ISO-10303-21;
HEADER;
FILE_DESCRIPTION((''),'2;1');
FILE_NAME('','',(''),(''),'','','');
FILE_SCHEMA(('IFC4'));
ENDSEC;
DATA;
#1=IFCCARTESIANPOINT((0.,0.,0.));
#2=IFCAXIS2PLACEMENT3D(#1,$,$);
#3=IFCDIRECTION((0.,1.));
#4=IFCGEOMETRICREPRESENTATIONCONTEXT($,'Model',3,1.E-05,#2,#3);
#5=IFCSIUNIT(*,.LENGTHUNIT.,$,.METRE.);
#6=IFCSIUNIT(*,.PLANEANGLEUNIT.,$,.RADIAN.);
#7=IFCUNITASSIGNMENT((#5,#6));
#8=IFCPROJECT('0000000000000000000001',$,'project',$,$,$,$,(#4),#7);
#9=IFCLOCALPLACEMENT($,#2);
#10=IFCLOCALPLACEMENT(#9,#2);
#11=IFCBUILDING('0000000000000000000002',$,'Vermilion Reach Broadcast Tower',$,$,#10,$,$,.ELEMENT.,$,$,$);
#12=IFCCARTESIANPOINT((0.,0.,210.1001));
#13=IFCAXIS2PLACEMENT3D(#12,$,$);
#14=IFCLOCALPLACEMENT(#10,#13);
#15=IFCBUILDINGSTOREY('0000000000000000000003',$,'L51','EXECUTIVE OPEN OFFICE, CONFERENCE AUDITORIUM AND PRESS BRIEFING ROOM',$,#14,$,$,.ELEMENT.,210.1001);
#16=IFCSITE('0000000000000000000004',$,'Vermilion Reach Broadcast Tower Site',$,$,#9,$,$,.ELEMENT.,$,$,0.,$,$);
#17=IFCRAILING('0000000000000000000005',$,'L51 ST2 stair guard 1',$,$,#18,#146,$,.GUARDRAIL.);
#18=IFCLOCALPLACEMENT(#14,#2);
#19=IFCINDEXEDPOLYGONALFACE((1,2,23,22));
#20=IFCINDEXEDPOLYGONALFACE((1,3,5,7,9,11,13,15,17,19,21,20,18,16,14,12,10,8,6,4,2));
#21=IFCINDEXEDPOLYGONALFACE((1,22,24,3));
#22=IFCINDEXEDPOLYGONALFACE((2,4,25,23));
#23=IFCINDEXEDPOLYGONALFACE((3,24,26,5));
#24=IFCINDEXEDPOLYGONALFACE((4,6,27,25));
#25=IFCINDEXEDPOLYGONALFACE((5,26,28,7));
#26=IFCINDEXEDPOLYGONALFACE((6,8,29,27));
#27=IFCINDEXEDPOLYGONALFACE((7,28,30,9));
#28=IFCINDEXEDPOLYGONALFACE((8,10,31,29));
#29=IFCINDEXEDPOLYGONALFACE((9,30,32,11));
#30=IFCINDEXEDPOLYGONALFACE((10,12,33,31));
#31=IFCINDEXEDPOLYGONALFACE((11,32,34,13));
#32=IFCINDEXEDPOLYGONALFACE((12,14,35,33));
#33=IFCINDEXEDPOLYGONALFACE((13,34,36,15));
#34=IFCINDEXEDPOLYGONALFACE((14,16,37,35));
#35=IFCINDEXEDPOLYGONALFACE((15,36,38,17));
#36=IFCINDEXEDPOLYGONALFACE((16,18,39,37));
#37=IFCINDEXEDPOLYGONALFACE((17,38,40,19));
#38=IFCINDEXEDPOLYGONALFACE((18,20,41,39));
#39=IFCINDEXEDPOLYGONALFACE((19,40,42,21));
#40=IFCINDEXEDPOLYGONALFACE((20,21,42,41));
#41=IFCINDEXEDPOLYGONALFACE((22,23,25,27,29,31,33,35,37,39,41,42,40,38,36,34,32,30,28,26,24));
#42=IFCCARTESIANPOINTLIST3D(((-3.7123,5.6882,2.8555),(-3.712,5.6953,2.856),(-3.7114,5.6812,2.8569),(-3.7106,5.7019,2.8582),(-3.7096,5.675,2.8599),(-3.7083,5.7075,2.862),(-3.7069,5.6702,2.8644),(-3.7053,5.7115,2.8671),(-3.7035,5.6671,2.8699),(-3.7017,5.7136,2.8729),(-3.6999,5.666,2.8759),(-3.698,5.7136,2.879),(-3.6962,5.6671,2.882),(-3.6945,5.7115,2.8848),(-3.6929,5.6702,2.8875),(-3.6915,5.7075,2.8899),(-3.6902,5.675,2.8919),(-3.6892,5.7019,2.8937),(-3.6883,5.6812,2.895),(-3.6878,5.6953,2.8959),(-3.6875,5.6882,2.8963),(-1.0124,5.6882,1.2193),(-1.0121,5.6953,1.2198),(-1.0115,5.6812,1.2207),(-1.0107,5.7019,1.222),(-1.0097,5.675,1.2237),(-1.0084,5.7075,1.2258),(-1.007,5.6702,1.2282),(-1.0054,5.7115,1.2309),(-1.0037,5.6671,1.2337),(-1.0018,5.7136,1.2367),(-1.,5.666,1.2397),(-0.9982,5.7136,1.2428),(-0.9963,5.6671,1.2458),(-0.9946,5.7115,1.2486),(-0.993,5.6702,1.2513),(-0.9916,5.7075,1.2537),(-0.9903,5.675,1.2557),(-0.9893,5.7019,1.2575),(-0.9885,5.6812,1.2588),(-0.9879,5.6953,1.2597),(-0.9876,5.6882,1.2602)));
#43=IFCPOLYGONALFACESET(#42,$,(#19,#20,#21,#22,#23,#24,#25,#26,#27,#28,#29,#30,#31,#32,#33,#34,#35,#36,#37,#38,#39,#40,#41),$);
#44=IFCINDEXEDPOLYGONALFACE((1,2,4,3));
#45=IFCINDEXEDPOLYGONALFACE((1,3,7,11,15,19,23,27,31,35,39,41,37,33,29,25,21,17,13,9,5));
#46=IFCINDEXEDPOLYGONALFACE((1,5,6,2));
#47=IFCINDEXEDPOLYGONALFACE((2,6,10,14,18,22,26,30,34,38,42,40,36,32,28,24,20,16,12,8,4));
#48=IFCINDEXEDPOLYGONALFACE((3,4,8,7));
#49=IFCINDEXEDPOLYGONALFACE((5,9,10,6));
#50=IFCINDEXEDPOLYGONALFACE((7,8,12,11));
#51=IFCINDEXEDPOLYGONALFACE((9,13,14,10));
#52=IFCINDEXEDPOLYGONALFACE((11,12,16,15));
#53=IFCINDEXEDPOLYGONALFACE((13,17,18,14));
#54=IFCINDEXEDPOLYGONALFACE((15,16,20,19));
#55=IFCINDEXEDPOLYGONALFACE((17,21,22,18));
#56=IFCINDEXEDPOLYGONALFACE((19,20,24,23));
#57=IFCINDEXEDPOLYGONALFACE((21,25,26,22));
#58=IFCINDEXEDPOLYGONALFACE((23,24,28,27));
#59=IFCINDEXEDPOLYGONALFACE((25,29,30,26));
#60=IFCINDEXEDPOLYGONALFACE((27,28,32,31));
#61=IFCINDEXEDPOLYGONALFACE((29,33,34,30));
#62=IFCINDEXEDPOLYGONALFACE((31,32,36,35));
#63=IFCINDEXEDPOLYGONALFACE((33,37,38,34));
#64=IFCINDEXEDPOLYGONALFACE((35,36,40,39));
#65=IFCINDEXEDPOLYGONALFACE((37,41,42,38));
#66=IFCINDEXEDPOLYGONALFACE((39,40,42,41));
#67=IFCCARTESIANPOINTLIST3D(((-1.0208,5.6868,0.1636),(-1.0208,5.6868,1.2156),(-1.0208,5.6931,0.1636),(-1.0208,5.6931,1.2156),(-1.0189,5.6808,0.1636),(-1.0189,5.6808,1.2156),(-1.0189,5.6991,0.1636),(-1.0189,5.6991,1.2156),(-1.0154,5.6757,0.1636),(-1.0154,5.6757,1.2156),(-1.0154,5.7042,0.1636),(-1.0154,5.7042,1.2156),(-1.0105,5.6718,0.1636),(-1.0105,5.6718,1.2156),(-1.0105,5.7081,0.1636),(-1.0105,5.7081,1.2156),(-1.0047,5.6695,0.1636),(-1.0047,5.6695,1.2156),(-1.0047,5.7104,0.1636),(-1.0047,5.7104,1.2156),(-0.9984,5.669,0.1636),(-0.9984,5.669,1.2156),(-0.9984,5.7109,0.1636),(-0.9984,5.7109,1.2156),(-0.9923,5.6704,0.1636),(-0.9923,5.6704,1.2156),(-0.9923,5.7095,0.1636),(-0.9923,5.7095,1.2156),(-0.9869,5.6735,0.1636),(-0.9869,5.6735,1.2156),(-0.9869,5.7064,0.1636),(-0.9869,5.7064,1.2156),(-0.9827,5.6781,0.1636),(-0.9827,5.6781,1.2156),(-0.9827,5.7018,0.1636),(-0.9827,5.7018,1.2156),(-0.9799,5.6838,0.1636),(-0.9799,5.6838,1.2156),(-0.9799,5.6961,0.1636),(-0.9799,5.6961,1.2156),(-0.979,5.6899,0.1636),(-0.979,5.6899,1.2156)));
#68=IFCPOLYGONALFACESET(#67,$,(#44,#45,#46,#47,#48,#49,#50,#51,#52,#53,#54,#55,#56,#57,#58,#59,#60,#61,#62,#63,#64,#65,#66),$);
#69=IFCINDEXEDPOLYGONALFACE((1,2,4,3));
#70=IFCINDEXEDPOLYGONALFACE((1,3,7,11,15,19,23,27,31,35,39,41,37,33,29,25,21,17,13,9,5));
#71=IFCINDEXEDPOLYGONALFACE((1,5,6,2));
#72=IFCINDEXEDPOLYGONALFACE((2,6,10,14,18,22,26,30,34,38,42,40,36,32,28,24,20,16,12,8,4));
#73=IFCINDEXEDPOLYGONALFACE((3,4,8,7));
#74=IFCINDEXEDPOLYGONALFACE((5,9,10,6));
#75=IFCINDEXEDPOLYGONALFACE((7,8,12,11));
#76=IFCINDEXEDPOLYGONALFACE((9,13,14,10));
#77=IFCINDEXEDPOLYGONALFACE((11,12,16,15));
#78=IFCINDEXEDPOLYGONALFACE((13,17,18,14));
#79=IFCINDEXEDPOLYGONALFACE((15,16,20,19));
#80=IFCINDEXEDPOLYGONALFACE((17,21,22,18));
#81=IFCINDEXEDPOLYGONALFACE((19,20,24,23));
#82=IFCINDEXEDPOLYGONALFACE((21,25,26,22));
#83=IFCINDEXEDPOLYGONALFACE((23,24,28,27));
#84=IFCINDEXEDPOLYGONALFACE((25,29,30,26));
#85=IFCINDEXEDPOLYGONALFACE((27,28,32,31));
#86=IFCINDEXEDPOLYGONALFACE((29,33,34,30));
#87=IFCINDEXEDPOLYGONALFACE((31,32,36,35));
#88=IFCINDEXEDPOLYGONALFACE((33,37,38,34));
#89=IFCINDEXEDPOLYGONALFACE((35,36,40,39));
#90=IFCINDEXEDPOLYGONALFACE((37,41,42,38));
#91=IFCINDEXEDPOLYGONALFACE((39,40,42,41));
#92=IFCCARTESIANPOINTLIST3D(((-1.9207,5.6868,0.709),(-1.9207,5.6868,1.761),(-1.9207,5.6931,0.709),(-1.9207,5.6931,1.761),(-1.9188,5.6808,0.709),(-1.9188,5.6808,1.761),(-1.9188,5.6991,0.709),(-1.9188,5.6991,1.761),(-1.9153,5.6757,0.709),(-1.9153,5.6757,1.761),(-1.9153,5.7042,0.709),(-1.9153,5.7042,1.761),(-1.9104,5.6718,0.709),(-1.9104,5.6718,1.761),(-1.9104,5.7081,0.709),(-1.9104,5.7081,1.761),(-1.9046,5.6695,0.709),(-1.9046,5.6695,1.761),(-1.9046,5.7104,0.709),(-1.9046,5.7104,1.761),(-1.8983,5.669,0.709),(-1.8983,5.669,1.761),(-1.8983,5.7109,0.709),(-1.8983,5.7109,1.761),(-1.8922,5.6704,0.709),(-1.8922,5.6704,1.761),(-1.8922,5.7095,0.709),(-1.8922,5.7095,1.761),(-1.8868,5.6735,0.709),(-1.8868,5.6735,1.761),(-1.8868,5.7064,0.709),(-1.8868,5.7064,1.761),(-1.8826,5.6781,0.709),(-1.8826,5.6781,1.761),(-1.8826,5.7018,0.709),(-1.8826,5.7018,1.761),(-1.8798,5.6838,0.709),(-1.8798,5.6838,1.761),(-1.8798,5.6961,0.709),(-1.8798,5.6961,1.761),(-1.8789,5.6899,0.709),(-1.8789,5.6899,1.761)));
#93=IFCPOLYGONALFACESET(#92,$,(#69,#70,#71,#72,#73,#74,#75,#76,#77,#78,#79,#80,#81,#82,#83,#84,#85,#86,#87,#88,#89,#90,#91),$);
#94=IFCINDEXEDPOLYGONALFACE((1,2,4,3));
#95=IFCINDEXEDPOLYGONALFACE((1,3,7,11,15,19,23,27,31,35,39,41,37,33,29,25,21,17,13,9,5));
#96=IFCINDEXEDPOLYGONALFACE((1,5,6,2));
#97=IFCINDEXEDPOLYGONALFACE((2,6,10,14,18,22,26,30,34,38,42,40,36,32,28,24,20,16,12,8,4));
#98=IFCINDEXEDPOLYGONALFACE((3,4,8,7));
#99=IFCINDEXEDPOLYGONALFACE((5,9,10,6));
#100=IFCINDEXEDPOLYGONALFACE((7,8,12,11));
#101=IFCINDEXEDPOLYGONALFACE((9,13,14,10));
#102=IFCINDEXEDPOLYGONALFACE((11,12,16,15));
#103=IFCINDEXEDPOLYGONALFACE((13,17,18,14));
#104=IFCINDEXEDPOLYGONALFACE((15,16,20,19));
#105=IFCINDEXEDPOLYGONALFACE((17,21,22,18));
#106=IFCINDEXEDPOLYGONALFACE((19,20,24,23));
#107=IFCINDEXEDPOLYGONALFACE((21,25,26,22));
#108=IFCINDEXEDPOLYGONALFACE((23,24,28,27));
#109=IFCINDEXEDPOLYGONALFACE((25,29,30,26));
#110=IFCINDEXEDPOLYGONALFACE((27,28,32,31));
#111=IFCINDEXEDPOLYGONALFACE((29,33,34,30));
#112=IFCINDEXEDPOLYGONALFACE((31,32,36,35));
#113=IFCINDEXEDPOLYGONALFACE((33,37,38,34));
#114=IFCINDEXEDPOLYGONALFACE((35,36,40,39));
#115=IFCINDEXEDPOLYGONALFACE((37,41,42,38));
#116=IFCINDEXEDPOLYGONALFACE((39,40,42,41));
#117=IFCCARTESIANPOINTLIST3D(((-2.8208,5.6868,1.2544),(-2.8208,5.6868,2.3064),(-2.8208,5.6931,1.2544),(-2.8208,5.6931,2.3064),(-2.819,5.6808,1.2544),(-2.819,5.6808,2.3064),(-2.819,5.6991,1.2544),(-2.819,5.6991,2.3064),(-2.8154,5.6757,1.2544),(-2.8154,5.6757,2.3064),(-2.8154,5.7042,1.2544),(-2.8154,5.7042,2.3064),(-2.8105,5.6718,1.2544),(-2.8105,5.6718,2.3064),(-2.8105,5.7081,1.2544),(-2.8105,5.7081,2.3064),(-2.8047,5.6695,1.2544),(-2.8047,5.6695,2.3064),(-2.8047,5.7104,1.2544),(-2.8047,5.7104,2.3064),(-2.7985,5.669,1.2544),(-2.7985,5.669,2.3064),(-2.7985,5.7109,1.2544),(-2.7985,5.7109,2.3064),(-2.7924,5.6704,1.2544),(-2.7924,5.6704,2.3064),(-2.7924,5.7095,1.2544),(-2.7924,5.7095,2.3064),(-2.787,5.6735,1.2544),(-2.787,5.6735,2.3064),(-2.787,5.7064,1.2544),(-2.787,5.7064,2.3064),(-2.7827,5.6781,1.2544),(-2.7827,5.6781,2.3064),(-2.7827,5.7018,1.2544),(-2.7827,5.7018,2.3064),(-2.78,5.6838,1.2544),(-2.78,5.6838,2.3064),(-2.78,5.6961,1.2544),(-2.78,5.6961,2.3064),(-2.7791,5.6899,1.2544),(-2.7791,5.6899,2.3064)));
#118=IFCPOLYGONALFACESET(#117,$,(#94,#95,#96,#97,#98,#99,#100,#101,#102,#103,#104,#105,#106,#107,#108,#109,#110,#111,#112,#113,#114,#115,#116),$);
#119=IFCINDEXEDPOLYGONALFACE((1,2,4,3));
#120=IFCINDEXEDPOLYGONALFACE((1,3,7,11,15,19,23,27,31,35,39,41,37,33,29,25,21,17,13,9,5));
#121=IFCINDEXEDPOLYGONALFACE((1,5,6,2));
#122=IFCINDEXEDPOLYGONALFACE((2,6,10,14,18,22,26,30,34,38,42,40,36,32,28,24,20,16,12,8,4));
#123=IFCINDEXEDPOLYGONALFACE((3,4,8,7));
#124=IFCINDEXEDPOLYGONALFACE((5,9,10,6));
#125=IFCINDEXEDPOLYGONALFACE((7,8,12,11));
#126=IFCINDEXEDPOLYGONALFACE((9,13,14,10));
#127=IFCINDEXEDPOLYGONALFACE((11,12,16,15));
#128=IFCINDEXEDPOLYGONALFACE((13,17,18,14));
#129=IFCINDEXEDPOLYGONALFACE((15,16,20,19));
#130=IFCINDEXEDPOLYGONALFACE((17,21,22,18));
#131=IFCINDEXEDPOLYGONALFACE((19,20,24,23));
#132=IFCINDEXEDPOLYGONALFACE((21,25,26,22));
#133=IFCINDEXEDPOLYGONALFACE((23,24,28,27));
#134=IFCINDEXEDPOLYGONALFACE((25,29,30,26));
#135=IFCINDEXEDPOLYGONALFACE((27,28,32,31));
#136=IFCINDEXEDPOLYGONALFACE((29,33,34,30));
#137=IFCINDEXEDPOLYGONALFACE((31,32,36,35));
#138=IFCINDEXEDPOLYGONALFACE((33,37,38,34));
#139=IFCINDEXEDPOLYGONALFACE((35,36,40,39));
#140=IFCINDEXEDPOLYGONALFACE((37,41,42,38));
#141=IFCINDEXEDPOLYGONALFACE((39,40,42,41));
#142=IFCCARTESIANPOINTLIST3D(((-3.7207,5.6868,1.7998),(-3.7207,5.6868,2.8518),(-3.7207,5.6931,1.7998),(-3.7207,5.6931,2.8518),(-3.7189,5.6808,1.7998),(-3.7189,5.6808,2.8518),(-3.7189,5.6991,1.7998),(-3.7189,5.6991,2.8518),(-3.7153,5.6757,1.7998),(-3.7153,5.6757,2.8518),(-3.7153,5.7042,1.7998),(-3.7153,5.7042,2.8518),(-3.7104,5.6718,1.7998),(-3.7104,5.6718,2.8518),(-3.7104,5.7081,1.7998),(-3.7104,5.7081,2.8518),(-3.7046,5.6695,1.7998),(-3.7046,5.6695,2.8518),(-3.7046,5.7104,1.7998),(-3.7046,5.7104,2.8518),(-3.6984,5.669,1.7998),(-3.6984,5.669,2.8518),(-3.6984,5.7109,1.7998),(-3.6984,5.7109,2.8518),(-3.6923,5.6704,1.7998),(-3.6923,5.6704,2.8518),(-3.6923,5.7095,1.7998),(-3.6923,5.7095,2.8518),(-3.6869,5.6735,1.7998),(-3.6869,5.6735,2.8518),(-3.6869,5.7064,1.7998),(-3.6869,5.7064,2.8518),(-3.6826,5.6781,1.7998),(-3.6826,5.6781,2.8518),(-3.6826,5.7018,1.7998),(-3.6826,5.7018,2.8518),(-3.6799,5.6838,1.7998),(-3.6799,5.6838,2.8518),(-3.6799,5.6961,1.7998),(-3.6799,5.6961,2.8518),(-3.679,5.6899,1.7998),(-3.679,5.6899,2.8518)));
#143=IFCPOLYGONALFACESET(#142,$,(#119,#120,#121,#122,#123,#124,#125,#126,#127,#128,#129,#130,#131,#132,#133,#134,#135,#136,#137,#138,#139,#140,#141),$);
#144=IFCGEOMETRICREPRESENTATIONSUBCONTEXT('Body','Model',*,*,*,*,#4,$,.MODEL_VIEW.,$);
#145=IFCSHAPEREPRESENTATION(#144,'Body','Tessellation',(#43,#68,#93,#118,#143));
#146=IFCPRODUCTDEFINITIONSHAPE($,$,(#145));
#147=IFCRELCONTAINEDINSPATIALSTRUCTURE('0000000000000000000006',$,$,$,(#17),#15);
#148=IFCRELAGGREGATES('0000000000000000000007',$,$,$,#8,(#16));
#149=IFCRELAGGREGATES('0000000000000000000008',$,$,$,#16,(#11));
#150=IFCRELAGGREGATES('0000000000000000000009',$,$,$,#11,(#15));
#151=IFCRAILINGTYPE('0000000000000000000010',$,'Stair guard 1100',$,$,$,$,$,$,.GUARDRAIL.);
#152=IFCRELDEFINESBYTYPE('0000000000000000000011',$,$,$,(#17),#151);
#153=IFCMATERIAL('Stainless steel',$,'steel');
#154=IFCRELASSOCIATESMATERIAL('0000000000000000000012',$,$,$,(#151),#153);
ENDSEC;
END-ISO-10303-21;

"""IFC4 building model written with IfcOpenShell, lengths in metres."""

from ifc_helpers import new_model, si_unit, direction, frame, origin, origin_2d, place, context, subcontext, project, spatial, circle, extrude, material, type_object, element, save


model = new_model("IFC4")

# Units and contexts
model_context = context("Model", 3, precision=1e-05, world=origin(), true_north=direction((0.0, 1.0)))
body_context = subcontext(model_context, "Body", "Model", "MODEL_VIEW")
ifc_project = project(units=[si_unit("LENGTHUNIT", "METRE"), si_unit("PLANEANGLEUNIT", "RADIAN")], contexts=[model_context])

# Site, building, storey
site_placement = place(None, origin())
site = spatial("IfcSite", under=ifc_project, at=site_placement, Name="Vermilion Reach Broadcast Tower Site", CompositionType="ELEMENT", RefElevation=0.0)
building_placement = place(site_placement, origin())
building = spatial("IfcBuilding", under=site, at=building_placement, Name="Vermilion Reach Broadcast Tower", CompositionType="ELEMENT")
storey_placement = place(building_placement, frame((0.0, 0.0, 210.1001)))
storey = spatial("IfcBuildingStorey", under=building, at=storey_placement, Name="L51", Description="EXECUTIVE OPEN OFFICE, CONFERENCE AUDITORIUM AND PRESS BRIEFING ROOM", CompositionType="ELEMENT", Elevation=210.1001)

# Railing
ifc_material_1 = material(Name="Stainless steel", Category="steel")
railing_type_1 = type_object("IfcRailingType", Name="Stair guard 1100", PredefinedType="GUARDRAIL", material=ifc_material_1)
railing_1_placement = place(storey_placement, frame((-1.0, 5.6899, 0.1636)))
element("IfcRailing", 1, at=railing_1_placement, inside=storey, type_object=railing_type_1, Name="L51 ST2 stair guard 1", PredefinedType="GUARDRAIL", context=body_context, shape_type="SweptSolid", body=[
    extrude(circle(Radius=0.0239, at=origin_2d()), frame((0.0, 0.0, 1.0762), z_axis=(-0.855212, 0.0, 0.518278), x_axis=(0.0, -1.0, 0.0)), (0.0, 0.0, 1.0), 3.157),
    extrude(circle(Radius=0.021, at=origin_2d()), origin(), (0.0, 0.0, 1.0), 1.052),
    extrude(circle(Radius=0.021, at=origin_2d()), frame((-0.8999, 0.0, 0.5454)), (0.0, 0.0, 1.0), 1.052),
    extrude(circle(Radius=0.021, at=origin_2d()), frame((-1.8, 0.0, 1.0908)), (0.0, 0.0, 1.0), 1.052),
    extrude(circle(Radius=0.021, at=origin_2d()), frame((-2.7, 0.0, 1.6362)), (0.0, 0.0, 1.0), 1.052),
])

save(model, "model.ifc")
